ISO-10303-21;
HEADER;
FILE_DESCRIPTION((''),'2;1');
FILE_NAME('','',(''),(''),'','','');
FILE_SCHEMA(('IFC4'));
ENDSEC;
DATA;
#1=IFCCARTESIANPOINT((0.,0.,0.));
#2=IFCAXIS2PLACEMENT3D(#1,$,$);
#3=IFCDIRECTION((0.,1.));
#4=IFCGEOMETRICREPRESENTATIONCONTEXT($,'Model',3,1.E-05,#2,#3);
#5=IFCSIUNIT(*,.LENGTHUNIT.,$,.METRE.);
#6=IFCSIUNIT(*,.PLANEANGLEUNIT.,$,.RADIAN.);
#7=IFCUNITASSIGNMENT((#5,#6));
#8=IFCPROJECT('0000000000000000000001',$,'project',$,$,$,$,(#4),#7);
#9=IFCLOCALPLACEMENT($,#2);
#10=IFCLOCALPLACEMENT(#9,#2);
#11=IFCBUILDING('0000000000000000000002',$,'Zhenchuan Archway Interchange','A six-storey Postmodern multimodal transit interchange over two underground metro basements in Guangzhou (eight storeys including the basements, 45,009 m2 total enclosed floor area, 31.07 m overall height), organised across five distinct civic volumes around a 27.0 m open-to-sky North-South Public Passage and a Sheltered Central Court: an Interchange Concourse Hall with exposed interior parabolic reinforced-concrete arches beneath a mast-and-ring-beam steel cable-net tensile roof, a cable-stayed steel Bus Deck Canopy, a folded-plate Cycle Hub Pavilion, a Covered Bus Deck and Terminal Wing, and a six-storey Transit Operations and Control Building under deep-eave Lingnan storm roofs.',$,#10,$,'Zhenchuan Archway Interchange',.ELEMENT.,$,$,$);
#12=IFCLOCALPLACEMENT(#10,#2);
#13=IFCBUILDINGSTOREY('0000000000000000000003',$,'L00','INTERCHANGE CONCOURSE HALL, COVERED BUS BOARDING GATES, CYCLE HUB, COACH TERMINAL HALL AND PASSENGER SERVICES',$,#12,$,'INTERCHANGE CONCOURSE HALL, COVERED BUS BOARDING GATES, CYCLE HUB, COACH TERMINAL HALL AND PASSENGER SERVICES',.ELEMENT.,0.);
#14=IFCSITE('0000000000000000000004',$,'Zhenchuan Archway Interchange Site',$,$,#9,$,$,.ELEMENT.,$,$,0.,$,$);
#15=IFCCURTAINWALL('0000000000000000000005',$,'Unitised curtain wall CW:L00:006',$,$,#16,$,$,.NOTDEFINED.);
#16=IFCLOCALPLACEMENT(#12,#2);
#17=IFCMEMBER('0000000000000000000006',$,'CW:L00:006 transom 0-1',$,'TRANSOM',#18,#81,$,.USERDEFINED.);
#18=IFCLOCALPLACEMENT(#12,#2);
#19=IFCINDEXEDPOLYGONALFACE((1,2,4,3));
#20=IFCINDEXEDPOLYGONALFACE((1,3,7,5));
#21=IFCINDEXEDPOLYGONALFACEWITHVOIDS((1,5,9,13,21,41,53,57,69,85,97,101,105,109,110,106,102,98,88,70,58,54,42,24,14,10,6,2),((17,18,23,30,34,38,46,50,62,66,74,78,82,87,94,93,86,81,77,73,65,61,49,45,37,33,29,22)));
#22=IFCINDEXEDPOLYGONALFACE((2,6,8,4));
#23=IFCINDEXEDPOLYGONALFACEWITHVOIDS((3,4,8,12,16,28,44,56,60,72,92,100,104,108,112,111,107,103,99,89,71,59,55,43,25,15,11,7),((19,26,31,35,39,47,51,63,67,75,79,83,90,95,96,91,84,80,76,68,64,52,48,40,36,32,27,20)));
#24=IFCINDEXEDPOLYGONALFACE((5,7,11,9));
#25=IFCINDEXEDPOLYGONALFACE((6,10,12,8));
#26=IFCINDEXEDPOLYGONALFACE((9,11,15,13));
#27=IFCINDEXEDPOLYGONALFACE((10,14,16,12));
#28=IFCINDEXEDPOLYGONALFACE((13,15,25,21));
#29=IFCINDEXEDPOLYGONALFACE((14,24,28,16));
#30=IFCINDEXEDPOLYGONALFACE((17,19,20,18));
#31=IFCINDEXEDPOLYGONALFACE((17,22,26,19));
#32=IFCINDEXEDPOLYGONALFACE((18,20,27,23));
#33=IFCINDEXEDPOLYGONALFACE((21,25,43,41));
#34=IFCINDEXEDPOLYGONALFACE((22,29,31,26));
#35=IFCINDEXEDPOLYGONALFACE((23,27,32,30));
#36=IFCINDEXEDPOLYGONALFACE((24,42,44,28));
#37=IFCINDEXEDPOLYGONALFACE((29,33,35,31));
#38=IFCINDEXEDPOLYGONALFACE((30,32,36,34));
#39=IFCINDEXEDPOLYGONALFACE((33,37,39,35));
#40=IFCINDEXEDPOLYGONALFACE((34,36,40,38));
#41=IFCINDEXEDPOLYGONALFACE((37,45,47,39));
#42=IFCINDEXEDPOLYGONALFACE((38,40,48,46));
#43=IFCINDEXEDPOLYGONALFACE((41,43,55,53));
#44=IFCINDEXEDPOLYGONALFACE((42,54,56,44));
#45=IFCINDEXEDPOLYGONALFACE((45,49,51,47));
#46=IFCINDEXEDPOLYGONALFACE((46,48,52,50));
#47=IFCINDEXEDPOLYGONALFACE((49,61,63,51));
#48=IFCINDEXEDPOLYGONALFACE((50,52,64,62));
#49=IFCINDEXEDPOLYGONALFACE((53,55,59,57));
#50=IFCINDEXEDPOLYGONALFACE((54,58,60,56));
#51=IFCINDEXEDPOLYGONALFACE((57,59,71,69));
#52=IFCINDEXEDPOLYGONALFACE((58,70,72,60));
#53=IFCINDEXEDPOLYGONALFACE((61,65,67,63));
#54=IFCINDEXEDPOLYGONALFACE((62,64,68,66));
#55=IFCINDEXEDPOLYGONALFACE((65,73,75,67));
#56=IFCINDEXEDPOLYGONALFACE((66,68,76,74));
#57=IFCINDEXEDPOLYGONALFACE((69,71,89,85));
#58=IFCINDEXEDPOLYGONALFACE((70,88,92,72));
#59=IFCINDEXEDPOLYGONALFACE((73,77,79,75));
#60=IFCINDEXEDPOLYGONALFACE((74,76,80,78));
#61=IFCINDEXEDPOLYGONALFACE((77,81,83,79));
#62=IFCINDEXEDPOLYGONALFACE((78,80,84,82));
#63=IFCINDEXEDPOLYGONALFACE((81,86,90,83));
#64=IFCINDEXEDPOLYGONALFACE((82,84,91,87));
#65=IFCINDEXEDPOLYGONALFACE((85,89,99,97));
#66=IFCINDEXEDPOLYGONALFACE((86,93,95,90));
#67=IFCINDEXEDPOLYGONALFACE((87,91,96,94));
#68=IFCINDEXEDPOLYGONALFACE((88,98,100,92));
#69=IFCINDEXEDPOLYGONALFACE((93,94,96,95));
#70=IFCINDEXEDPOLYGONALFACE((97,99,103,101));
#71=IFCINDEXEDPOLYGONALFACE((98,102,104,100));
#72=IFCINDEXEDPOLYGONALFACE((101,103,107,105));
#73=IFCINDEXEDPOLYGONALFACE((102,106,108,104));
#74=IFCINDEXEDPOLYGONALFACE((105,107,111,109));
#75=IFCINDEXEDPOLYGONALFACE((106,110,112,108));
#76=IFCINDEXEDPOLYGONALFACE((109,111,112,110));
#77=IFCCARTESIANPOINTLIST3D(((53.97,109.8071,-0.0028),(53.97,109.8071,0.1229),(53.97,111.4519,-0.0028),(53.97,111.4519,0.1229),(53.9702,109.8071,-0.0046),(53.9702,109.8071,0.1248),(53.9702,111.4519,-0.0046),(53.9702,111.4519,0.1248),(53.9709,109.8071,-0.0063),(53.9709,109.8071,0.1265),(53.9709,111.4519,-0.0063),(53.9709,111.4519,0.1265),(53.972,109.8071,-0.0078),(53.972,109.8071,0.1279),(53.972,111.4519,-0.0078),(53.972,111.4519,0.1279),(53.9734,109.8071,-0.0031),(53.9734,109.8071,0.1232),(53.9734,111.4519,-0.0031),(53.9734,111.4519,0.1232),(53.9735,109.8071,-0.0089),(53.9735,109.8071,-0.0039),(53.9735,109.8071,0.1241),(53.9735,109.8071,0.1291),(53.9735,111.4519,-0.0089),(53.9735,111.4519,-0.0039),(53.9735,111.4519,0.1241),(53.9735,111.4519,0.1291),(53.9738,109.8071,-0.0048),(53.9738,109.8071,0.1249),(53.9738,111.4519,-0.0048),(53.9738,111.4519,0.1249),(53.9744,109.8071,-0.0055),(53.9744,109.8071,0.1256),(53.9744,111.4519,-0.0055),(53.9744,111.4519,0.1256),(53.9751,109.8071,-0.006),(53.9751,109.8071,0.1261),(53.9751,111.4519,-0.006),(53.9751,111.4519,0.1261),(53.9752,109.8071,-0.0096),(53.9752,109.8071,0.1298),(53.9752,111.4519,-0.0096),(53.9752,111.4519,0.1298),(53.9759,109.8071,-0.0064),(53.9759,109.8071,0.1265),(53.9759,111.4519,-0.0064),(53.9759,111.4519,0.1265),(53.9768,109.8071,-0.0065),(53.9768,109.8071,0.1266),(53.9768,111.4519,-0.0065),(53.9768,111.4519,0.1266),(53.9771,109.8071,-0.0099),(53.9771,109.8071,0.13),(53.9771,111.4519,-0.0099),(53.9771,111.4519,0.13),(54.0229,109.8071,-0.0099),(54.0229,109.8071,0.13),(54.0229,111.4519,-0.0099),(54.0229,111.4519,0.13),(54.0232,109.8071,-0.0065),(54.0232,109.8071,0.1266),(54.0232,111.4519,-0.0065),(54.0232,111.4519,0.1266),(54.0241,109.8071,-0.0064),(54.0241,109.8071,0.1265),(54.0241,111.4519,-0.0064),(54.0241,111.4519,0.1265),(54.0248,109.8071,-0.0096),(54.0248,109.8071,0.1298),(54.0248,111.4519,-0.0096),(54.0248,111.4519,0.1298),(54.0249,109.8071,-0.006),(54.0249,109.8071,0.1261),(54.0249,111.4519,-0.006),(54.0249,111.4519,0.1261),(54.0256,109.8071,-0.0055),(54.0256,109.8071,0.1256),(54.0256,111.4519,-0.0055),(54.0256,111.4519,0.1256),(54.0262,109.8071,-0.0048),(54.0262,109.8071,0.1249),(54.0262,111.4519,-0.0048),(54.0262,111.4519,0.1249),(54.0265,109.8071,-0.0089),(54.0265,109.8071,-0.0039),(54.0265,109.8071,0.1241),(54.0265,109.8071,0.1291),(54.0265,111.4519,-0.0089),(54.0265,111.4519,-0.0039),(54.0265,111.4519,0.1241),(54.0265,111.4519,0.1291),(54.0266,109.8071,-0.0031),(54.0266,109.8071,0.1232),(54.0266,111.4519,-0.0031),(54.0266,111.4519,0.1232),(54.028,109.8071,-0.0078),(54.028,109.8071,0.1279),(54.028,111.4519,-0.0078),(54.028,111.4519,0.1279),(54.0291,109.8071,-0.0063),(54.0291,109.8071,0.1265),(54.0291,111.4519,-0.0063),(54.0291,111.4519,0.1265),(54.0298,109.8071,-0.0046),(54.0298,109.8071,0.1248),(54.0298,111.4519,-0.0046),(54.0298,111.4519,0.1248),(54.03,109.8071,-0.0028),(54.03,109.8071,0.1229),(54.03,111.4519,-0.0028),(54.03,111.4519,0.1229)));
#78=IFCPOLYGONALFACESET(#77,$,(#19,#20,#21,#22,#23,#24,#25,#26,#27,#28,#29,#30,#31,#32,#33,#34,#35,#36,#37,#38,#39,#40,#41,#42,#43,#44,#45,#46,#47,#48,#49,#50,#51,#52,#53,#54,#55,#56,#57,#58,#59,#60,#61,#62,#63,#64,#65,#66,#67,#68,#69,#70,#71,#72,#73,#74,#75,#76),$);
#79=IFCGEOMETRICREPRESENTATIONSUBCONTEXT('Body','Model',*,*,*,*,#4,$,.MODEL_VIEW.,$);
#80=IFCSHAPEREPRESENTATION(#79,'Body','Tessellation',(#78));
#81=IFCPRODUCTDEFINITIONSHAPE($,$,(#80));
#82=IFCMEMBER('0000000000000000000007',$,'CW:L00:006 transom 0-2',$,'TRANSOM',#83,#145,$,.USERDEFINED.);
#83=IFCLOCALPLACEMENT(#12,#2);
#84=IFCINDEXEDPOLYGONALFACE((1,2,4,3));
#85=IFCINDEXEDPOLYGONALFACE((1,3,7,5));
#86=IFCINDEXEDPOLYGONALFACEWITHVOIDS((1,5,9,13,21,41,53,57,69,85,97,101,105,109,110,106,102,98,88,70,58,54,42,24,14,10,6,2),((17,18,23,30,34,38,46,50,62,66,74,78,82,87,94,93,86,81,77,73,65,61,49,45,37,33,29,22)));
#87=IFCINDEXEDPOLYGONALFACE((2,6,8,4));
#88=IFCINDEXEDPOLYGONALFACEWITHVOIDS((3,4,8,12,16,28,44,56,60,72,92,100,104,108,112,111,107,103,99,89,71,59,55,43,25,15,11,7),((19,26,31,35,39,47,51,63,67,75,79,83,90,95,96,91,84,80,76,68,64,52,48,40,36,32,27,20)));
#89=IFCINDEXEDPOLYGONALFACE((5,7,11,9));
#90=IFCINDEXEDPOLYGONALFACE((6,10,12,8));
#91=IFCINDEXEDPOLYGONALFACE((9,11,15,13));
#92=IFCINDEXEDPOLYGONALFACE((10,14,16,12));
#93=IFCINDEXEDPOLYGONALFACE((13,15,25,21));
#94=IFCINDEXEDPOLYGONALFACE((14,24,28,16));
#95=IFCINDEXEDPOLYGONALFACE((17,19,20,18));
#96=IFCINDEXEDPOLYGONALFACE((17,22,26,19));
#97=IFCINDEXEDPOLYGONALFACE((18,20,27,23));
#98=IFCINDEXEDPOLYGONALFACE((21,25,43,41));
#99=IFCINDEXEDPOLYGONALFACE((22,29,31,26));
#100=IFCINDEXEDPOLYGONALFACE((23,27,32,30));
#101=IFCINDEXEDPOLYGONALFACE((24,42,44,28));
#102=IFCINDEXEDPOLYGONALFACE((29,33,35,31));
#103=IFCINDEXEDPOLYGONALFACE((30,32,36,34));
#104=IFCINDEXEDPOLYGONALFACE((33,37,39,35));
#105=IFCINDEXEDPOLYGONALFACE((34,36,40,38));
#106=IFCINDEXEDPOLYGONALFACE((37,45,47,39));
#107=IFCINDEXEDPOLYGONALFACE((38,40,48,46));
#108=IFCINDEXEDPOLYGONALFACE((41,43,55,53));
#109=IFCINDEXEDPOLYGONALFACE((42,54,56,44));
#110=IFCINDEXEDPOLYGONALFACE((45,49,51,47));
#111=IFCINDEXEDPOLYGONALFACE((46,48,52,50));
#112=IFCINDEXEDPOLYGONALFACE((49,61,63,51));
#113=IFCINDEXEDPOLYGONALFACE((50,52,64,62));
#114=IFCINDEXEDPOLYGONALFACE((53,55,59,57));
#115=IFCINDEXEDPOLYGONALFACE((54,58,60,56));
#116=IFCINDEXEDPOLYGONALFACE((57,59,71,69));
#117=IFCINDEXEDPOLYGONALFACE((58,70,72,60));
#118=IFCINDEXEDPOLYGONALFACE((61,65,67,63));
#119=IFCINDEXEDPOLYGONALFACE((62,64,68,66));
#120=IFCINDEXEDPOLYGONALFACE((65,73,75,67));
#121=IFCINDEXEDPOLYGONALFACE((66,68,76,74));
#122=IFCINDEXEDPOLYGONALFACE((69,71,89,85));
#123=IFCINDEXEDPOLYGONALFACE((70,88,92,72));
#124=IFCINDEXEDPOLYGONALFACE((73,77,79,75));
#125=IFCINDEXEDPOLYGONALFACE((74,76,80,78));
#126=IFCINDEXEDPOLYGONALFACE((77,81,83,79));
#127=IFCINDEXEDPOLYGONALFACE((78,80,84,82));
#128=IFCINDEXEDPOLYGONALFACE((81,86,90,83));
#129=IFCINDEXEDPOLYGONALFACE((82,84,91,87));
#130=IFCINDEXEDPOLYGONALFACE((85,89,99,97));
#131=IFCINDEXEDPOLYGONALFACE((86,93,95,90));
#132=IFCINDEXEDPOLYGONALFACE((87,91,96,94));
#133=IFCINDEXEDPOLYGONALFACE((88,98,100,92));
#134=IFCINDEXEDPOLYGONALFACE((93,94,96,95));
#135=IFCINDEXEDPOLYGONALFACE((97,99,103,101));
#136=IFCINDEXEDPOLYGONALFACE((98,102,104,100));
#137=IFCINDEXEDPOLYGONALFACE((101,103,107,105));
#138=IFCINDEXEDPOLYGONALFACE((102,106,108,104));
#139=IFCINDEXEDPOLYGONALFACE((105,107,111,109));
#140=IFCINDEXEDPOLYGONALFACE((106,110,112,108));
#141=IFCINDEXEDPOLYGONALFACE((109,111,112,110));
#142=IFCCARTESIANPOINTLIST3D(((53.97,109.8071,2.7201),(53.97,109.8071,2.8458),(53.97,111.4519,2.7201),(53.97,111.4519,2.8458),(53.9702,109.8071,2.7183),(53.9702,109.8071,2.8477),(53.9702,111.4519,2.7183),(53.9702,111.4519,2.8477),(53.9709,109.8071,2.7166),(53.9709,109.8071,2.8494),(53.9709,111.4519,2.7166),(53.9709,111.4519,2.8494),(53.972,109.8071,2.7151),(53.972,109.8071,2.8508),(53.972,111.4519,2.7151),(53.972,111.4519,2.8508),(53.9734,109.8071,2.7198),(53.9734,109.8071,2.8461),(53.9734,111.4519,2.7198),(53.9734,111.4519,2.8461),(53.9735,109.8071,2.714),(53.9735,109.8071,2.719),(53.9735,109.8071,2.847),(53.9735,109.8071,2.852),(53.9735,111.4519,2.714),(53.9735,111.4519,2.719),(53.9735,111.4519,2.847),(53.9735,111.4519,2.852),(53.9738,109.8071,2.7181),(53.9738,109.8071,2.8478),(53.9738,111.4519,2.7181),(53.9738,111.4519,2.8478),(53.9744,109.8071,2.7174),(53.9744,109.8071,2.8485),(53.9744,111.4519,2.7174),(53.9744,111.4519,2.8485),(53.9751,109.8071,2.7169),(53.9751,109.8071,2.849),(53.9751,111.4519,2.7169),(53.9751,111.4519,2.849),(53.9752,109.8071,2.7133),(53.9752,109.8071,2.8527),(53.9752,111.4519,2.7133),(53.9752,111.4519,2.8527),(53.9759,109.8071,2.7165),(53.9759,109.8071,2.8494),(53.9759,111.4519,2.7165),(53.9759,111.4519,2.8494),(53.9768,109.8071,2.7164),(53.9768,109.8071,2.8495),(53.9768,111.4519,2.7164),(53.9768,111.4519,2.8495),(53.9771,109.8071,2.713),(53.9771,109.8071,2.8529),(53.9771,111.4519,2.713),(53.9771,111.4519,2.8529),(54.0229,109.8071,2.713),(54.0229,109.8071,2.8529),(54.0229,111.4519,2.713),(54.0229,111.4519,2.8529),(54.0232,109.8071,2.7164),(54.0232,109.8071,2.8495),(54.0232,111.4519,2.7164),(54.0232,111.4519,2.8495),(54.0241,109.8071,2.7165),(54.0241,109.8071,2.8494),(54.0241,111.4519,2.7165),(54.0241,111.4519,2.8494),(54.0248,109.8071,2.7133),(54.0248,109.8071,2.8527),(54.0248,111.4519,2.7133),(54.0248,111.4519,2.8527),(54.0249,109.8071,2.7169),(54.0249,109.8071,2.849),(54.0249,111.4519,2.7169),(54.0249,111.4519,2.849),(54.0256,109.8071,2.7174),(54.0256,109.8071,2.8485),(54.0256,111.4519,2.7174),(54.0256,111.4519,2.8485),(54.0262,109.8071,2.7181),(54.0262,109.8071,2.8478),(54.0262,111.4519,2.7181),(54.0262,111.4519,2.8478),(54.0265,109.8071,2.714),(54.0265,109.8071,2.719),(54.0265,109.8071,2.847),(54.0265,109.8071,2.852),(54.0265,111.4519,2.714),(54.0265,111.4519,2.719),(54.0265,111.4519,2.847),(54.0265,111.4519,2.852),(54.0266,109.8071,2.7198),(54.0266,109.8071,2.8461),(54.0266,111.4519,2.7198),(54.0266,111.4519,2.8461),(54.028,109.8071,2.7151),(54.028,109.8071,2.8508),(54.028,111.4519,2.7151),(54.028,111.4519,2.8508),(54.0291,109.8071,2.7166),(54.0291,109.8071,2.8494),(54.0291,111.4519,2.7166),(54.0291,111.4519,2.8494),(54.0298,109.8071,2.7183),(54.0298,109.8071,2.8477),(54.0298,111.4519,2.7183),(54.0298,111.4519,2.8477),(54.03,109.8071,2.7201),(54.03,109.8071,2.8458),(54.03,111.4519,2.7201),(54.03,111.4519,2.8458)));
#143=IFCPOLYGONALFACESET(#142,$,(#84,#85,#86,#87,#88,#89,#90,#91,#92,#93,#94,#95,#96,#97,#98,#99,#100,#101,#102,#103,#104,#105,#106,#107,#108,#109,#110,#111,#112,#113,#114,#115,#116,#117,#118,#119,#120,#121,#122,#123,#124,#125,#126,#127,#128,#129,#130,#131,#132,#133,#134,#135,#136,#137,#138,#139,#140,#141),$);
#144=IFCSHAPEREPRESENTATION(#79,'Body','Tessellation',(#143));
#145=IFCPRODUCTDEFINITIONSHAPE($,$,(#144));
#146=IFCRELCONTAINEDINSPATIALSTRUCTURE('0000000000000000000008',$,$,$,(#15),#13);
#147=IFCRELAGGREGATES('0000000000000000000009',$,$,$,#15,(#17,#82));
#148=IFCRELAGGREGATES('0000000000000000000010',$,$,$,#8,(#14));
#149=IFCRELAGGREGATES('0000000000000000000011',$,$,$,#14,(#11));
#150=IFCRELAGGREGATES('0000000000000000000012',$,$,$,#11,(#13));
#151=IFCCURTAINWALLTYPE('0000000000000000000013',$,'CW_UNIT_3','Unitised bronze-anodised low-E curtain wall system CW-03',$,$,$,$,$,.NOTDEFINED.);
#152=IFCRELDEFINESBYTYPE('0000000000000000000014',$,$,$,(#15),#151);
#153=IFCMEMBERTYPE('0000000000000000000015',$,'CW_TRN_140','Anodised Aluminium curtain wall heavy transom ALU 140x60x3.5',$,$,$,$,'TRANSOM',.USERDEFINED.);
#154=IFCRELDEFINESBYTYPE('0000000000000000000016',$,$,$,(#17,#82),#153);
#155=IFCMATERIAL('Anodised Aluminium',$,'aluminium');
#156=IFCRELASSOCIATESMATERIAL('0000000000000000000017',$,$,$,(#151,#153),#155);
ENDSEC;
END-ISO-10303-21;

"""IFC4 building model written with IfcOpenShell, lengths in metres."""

from ifc_helpers import new_model, si_unit, direction, frame, origin, origin_2d, place, context, subcontext, project, spatial, hollow_rectangle, extrude, material, material_profile, profile_set, type_object, element, aggregate, save


model = new_model("IFC4")

# Units and contexts
model_context = context("Model", 3, precision=1e-05, world=origin(), true_north=direction((0.0, 1.0)))
body_context = subcontext(model_context, "Body", "Model", "MODEL_VIEW")
ifc_project = project(units=[si_unit("LENGTHUNIT", "METRE"), si_unit("PLANEANGLEUNIT", "RADIAN")], contexts=[model_context])

# Site, building, storey
site_placement = place(None, origin())
site = spatial("IfcSite", under=ifc_project, at=site_placement, Name="Zhenchuan Archway Interchange Site", CompositionType="ELEMENT", RefElevation=0.0)
building_placement = place(site_placement, origin())
building = spatial("IfcBuilding", under=site, at=building_placement, Name="Zhenchuan Archway Interchange", Description="A six-storey Postmodern multimodal transit interchange over two underground metro basements in Guangzhou (eight storeys including the basements, 45,009 m2 total enclosed floor area, 31.07 m overall height), organised across five distinct civic volumes around a 27.0 m open-to-sky North-South Public Passage and a Sheltered Central Court: an Interchange Concourse Hall with exposed interior parabolic reinforced-concrete arches beneath a mast-and-ring-beam steel cable-net tensile roof, a cable-stayed steel Bus Deck Canopy, a folded-plate Cycle Hub Pavilion, a Covered Bus Deck and Terminal Wing, and a six-storey Transit Operations and Control Building under deep-eave Lingnan storm roofs.", LongName="Zhenchuan Archway Interchange", CompositionType="ELEMENT")
storey_placement = place(building_placement, origin())
storey = spatial("IfcBuildingStorey", under=building, at=storey_placement, Name="L00", Description="INTERCHANGE CONCOURSE HALL, COVERED BUS BOARDING GATES, CYCLE HUB, COACH TERMINAL HALL AND PASSENGER SERVICES", LongName="INTERCHANGE CONCOURSE HALL, COVERED BUS BOARDING GATES, CYCLE HUB, COACH TERMINAL HALL AND PASSENGER SERVICES", CompositionType="ELEMENT", Elevation=0.0)

# Curtain wall, members
ifc_material_1 = material(Name="Anodised Aluminium", Category="aluminium")
curtain_wall_type = type_object("IfcCurtainWallType", Name="CW_UNIT_3", Description="Unitised bronze-anodised low-E curtain wall system CW-03", PredefinedType="NOTDEFINED", material=ifc_material_1)
curtain_wall_placement = place(storey_placement, origin())
curtain_wall = element("IfcCurtainWall", 1, at=curtain_wall_placement, inside=storey, type_object=curtain_wall_type, Name="Unitised curtain wall CW:L00:006", PredefinedType="NOTDEFINED")
ifc_material_profile_1 = material_profile(ifc_material_1, hollow_rectangle(XDim=0.0601, YDim=0.1399, WallThickness=0.0034, InnerFilletRadius=0.0034, OuterFilletRadius=0.0071, at=origin_2d()), Name="ALU 140x60x3.5")
ifc_profile_set_1 = profile_set([ifc_material_profile_1], Name="Anodised Aluminium")
member_type_1 = type_object("IfcMemberType", Name="CW_TRN_140", Description="Anodised Aluminium curtain wall heavy transom ALU 140x60x3.5", ElementType="TRANSOM", PredefinedType="USERDEFINED", material=ifc_profile_set_1)
member_1_placement = place(storey_placement, frame((54.0, 111.4519, 0.0601), z_axis=(0.0, -1.0, 0.0), x_axis=(1.0, 0.0, 0.0)))
member_1 = element("IfcMember", 2, at=member_1_placement, type_object=member_type_1, Name="CW:L00:006 transom 0-1", ObjectType="TRANSOM", PredefinedType="USERDEFINED", context=body_context, shape_type="SweptSolid", body=[
    extrude(hollow_rectangle(XDim=0.0601, YDim=0.1399, WallThickness=0.0034, InnerFilletRadius=0.0034, OuterFilletRadius=0.0071, at=origin_2d()), origin(), (0.0, 0.0, 1.0), 1.6448),
])
member_2_placement = place(storey_placement, frame((54.0, 111.4519, 2.783), z_axis=(0.0, -1.0, 0.0), x_axis=(1.0, 0.0, 0.0)))
member_2 = element("IfcMember", 3, at=member_2_placement, type_object=member_type_1, Name="CW:L00:006 transom 0-2", ObjectType="TRANSOM", PredefinedType="USERDEFINED", context=body_context, shape_type="SweptSolid", body=[
    extrude(hollow_rectangle(XDim=0.0601, YDim=0.1399, WallThickness=0.0034, InnerFilletRadius=0.0034, OuterFilletRadius=0.0071, at=origin_2d()), origin(), (0.0, 0.0, 1.0), 1.6448),
])
aggregate(curtain_wall, [member_1, member_2])

save(model, "model.ifc")
